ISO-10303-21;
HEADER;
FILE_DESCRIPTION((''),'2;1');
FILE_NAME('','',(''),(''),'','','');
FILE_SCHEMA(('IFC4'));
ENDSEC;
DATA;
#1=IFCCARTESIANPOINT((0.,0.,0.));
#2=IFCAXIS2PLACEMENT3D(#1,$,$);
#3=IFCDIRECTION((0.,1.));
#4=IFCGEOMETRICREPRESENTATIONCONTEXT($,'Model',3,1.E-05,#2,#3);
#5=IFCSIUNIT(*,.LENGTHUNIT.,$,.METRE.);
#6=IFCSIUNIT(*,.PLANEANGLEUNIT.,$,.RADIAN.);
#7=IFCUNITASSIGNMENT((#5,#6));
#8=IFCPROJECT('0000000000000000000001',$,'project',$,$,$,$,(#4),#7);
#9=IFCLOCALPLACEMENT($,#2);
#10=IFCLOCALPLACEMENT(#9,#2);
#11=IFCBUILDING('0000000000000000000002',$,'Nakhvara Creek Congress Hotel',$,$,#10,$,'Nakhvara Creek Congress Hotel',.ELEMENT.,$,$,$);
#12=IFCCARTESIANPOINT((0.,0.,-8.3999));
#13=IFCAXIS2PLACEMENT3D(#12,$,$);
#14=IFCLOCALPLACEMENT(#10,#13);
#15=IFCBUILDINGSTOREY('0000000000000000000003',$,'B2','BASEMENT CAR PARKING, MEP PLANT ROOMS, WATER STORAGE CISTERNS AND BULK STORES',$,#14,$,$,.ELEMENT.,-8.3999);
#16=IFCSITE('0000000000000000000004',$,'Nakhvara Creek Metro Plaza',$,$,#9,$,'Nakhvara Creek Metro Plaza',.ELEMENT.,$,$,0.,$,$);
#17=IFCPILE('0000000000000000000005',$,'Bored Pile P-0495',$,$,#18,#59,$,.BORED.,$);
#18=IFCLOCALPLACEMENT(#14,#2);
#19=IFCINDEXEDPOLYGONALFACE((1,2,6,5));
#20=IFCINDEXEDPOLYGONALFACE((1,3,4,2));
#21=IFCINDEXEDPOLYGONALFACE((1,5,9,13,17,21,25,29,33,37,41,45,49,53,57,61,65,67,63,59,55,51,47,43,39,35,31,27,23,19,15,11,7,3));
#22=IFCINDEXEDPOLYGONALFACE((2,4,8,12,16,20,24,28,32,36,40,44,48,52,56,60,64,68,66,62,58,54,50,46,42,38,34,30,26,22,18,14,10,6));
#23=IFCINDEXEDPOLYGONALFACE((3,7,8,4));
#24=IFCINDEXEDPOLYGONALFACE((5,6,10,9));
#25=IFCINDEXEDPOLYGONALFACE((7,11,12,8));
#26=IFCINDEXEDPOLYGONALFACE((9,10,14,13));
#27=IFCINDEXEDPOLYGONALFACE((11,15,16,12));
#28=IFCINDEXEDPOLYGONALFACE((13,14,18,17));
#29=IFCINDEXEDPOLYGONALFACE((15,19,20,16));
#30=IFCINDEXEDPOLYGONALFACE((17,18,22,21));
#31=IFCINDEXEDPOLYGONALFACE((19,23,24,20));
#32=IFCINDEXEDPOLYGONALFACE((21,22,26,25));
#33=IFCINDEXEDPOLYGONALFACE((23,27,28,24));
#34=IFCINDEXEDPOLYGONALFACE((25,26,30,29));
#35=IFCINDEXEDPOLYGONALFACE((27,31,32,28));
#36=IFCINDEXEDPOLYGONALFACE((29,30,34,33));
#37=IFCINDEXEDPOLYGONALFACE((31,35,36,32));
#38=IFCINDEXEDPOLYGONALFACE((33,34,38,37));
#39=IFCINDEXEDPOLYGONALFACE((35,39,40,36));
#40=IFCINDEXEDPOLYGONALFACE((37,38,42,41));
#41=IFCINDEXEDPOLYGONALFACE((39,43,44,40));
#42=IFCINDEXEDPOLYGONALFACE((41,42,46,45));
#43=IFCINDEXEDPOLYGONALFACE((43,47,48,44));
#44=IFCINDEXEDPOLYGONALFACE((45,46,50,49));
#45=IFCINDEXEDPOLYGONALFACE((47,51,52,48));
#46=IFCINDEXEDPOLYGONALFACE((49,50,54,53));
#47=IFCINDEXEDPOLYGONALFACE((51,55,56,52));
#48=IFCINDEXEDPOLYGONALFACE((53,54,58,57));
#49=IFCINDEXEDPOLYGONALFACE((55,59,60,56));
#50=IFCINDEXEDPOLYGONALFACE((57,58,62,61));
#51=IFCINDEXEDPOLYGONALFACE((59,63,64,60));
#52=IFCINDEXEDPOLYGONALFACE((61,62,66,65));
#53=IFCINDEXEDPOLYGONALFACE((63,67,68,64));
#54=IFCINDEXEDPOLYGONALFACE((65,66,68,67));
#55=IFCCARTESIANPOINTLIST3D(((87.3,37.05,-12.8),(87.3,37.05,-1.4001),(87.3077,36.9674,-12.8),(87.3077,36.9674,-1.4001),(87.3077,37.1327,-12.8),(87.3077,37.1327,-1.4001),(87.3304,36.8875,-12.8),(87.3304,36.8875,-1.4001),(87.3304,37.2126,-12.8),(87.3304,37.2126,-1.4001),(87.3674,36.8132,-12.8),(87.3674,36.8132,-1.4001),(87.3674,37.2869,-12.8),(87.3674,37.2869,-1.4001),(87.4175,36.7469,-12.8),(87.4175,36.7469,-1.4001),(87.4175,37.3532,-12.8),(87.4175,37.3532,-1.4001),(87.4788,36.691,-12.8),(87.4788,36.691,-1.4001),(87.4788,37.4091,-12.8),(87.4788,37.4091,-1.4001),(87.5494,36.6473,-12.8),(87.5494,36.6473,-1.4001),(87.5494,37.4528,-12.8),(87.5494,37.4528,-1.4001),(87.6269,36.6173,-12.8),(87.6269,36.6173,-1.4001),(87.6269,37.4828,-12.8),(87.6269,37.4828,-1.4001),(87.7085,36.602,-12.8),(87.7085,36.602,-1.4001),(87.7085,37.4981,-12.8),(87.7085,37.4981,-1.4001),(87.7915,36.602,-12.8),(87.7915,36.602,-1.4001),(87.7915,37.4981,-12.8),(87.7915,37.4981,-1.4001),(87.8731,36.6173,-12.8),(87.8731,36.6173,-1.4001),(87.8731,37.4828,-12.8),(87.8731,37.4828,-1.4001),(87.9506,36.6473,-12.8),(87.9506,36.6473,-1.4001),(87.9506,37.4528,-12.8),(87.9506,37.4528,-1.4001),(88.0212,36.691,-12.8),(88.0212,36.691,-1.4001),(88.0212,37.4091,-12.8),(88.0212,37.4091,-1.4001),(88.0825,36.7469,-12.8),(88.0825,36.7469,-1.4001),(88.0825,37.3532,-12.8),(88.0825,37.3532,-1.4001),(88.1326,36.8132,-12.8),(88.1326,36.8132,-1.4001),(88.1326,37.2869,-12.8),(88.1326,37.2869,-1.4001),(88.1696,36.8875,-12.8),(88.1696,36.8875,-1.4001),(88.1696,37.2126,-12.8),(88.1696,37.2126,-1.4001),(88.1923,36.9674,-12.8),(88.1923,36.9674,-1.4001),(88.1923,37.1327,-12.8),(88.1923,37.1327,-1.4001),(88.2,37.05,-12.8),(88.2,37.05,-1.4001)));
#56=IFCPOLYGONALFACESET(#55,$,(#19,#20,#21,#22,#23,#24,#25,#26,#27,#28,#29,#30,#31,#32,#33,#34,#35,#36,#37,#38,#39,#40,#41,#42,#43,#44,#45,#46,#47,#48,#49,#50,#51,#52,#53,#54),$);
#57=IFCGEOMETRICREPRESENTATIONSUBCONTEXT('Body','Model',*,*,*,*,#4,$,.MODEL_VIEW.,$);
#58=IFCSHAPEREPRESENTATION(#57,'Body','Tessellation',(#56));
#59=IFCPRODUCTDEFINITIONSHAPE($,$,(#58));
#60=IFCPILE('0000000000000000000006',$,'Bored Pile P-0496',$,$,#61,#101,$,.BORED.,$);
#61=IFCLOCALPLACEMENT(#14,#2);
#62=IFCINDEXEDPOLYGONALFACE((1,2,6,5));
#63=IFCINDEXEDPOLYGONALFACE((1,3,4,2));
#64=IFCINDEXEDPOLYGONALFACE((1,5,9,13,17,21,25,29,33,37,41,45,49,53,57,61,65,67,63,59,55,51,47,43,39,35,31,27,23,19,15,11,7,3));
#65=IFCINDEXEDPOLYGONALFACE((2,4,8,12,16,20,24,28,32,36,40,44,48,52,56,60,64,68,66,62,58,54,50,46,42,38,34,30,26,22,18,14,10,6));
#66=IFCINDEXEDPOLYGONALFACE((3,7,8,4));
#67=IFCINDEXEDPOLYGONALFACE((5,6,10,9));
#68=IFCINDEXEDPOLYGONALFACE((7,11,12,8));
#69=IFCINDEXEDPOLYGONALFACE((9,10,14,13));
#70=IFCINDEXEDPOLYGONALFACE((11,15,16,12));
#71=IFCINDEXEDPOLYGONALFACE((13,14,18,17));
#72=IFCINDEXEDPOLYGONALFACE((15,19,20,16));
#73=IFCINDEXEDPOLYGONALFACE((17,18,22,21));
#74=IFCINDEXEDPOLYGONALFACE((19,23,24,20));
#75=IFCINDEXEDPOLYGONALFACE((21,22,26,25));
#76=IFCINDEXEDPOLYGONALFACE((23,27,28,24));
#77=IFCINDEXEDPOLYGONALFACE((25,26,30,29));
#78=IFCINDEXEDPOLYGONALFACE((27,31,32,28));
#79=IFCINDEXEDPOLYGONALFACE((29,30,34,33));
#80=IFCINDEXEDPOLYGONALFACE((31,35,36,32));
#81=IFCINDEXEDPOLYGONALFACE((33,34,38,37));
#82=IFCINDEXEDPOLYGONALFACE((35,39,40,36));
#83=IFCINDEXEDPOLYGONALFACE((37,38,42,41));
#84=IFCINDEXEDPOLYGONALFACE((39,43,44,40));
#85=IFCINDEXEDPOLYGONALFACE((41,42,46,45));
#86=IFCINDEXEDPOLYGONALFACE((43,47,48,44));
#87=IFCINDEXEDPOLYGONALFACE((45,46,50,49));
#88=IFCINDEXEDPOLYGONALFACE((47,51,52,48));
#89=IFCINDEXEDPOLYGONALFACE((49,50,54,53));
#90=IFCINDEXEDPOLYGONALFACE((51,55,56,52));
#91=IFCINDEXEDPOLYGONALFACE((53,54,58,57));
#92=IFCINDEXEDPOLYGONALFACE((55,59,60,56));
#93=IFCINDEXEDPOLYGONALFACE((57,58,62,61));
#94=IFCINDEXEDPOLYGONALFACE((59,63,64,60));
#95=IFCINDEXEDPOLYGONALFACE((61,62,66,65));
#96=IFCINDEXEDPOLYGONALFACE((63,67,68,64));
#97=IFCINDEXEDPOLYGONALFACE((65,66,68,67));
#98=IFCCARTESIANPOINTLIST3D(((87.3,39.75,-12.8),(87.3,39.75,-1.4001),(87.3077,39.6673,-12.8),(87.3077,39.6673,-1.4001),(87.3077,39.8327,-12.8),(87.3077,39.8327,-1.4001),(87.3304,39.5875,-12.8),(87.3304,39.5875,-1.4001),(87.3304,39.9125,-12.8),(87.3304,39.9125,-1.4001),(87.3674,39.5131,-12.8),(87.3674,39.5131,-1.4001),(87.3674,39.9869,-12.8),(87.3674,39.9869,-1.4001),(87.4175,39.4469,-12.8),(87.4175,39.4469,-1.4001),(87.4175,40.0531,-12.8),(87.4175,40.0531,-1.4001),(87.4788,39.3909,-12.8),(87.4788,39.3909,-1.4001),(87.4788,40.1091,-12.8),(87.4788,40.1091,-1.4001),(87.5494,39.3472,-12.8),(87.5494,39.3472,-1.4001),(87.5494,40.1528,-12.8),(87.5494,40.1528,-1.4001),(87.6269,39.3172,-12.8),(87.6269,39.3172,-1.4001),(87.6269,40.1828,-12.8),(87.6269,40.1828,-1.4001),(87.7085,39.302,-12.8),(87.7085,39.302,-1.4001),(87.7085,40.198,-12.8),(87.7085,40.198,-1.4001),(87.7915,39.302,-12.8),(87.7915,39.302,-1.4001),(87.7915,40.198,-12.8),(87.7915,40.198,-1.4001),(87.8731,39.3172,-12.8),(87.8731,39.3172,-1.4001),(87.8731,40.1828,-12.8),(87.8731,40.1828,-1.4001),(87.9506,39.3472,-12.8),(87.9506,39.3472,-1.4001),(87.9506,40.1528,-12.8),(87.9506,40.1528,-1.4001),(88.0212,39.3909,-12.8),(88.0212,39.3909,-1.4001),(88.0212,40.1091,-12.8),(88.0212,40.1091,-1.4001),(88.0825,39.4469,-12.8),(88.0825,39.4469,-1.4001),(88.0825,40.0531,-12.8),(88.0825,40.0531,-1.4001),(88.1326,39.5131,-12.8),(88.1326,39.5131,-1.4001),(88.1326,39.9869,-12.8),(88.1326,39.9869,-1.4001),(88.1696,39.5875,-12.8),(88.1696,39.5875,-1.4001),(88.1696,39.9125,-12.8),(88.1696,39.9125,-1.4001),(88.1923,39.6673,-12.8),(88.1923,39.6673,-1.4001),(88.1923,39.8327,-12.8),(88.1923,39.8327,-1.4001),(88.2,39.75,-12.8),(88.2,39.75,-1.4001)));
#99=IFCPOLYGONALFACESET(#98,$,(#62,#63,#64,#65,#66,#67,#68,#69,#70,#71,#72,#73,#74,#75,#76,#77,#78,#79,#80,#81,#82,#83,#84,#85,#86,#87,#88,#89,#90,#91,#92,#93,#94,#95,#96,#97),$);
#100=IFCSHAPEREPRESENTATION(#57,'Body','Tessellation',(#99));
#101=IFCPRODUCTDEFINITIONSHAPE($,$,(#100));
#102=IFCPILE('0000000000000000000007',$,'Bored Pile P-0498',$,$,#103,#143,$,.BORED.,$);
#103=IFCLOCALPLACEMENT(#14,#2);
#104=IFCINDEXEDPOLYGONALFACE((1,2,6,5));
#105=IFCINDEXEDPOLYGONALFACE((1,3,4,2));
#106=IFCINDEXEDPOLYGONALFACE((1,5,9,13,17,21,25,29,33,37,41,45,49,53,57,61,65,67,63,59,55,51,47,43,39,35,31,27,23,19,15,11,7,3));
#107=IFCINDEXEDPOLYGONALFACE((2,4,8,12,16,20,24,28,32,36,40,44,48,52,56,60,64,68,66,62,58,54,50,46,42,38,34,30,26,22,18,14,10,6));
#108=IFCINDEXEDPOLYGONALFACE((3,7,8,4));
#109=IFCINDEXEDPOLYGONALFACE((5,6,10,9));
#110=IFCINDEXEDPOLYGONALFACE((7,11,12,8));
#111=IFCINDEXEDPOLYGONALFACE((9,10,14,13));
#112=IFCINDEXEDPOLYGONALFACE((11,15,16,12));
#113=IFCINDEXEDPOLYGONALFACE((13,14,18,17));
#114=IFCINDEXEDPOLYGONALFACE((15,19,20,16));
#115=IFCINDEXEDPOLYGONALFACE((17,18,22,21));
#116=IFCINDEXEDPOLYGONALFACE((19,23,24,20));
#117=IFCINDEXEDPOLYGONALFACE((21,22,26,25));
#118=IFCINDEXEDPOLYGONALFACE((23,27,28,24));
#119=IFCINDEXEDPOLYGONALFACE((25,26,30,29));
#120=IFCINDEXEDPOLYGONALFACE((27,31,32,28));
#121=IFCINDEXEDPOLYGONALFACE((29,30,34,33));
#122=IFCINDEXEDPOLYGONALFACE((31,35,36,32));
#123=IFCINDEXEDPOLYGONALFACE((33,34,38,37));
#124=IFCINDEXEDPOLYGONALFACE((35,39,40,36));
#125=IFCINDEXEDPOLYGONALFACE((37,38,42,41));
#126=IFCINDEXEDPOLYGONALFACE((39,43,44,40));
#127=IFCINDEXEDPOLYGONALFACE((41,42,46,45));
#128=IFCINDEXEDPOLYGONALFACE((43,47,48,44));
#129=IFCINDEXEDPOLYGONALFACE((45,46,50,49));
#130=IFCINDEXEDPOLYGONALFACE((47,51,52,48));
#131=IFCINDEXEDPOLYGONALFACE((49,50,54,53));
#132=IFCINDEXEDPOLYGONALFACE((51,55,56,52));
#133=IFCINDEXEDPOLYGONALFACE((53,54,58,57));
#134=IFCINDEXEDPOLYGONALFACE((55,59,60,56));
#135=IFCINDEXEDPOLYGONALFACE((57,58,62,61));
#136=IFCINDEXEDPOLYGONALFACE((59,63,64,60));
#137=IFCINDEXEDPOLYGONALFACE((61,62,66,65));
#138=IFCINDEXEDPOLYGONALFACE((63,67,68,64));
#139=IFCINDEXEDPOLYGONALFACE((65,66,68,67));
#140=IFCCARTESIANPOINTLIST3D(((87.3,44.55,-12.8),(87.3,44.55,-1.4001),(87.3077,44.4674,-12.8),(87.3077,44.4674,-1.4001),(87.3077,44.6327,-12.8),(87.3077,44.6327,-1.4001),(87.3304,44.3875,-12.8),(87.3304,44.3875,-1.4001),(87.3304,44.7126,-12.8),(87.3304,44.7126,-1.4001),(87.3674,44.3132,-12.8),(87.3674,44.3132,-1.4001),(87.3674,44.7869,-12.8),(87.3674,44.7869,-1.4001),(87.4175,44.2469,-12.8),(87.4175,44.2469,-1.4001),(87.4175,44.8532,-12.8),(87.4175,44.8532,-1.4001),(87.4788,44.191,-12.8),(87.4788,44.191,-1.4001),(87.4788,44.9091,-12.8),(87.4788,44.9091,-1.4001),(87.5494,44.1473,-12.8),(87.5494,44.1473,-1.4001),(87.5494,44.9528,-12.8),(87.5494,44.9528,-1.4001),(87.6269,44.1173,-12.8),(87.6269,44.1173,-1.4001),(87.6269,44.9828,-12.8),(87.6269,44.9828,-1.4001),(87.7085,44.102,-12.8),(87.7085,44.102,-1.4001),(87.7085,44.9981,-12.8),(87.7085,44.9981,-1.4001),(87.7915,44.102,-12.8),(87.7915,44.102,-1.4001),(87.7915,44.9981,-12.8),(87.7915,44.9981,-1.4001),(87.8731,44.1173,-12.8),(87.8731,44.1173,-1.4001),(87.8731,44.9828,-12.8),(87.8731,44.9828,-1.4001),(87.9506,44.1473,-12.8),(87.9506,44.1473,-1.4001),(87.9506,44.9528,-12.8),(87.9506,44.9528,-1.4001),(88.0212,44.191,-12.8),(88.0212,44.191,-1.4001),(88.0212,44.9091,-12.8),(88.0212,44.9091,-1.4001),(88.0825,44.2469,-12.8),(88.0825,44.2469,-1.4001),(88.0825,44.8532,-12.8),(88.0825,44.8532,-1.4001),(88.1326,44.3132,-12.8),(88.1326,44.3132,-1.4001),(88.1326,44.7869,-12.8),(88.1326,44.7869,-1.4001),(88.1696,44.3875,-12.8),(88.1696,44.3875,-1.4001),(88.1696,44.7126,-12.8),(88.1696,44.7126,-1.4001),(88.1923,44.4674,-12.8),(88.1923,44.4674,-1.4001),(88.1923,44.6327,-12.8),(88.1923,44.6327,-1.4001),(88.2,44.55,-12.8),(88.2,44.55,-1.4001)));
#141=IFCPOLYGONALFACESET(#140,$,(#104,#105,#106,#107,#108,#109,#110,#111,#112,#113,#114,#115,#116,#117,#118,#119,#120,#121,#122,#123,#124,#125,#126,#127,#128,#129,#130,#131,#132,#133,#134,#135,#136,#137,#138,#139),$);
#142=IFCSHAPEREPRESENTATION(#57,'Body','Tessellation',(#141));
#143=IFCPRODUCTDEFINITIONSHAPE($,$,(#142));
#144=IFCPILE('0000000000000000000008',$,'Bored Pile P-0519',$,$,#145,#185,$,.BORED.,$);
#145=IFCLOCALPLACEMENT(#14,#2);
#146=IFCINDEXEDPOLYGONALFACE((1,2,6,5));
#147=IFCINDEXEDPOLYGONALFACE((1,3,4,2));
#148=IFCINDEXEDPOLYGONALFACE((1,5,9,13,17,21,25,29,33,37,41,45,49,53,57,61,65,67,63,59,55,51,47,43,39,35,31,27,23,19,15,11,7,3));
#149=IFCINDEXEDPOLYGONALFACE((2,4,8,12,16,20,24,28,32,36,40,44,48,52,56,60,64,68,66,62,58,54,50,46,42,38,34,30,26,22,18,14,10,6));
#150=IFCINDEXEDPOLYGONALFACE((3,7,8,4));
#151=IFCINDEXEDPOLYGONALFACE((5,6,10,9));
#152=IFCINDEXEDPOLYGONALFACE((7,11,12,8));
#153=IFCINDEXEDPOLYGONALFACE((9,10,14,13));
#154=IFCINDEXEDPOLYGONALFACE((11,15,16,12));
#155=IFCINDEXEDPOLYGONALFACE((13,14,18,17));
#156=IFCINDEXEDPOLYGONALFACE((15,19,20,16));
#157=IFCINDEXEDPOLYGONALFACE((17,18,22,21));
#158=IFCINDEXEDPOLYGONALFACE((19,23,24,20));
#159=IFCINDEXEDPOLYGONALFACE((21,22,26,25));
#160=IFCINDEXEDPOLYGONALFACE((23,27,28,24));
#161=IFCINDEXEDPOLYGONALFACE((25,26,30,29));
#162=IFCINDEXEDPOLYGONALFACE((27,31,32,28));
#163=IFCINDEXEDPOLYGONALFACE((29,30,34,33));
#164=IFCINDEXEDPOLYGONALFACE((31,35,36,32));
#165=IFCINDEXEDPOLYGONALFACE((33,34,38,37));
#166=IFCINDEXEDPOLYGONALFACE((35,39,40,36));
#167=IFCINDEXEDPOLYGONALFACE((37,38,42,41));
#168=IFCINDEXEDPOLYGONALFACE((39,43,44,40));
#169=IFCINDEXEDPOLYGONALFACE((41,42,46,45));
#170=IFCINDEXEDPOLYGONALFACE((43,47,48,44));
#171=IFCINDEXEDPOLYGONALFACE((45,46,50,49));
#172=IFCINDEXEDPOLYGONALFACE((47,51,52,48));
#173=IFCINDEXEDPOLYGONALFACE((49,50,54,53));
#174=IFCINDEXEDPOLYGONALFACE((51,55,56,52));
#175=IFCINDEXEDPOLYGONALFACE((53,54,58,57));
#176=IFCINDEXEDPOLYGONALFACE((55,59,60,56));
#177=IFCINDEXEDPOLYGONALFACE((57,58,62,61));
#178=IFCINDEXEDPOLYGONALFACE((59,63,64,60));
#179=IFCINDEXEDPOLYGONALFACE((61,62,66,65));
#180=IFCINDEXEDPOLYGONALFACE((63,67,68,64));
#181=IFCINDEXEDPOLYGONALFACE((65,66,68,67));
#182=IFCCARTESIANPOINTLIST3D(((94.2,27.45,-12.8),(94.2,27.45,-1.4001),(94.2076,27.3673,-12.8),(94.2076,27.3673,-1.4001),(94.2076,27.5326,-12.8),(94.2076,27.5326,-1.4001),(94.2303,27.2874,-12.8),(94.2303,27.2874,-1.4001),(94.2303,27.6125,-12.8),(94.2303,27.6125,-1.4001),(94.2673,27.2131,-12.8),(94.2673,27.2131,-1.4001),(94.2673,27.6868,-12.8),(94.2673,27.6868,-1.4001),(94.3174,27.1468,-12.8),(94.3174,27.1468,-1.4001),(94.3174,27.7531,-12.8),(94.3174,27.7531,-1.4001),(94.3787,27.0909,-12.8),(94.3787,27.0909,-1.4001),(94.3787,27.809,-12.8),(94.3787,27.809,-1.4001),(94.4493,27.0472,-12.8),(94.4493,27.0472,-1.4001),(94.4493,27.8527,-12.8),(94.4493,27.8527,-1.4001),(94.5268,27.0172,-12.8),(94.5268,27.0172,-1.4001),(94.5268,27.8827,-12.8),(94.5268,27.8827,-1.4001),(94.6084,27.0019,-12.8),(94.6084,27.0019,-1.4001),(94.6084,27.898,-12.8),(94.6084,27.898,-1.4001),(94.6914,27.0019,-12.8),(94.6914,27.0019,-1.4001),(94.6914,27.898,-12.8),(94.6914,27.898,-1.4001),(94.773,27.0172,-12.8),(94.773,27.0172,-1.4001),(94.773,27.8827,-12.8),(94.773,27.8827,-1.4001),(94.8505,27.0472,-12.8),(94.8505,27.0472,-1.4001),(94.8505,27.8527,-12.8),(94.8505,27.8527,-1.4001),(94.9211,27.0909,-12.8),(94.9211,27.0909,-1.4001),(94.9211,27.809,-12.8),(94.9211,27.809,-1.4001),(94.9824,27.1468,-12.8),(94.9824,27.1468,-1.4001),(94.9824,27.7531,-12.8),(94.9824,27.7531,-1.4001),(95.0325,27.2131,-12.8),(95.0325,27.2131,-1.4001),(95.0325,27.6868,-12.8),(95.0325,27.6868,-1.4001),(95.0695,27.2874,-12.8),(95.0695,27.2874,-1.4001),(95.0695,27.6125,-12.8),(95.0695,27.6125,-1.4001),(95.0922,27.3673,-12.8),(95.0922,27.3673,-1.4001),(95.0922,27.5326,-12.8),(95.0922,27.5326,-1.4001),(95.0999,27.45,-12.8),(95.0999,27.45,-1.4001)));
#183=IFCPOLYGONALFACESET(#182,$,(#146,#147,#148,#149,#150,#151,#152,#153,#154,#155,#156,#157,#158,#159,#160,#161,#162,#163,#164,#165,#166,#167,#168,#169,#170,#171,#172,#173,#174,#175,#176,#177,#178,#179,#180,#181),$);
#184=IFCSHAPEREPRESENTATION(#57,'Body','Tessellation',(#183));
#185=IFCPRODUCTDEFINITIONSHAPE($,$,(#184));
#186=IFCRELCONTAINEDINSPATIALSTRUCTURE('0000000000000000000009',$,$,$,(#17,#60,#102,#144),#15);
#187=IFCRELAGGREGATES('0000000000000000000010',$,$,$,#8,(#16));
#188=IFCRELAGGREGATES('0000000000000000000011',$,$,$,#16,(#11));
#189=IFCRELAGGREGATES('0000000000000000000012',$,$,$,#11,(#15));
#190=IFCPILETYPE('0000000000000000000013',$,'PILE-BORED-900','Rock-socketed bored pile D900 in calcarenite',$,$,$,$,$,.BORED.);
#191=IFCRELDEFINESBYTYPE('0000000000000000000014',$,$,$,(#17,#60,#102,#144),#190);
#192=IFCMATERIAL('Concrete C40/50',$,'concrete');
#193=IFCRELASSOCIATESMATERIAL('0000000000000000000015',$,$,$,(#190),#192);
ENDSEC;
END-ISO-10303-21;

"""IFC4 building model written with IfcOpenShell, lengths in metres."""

from ifc_helpers import new_model, si_unit, direction, frame, origin, origin_2d, place, context, subcontext, project, spatial, circle, extrude, material, material_profile, profile_set, type_object, element, save


model = new_model("IFC4")

# Units and contexts
model_context = context("Model", 3, precision=1e-05, world=origin(), true_north=direction((0.0, 1.0)))
body_context = subcontext(model_context, "Body", "Model", "MODEL_VIEW")
ifc_project = project(units=[si_unit("LENGTHUNIT", "METRE"), si_unit("PLANEANGLEUNIT", "RADIAN")], contexts=[model_context])

# Site, building, storey
site_placement = place(None, origin())
site = spatial("IfcSite", under=ifc_project, at=site_placement, Name="Nakhvara Creek Metro Plaza", LongName="Nakhvara Creek Metro Plaza", CompositionType="ELEMENT", RefElevation=0.0)
building_placement = place(site_placement, origin())
building = spatial("IfcBuilding", under=site, at=building_placement, Name="Nakhvara Creek Congress Hotel", LongName="Nakhvara Creek Congress Hotel", CompositionType="ELEMENT")
storey_placement = place(building_placement, frame((0.0, 0.0, -8.3999)))
storey = spatial("IfcBuildingStorey", under=building, at=storey_placement, Name="B2", Description="BASEMENT CAR PARKING, MEP PLANT ROOMS, WATER STORAGE CISTERNS AND BULK STORES", CompositionType="ELEMENT", Elevation=-8.3999)

# Shared definitions
ifc_material_1 = material(Name="Concrete C40/50", Category="concrete")

# Piles
ifc_material_profile_1 = material_profile(ifc_material_1, circle(Radius=0.45, at=origin_2d()), Name="BORED PILE D900", Category="LoadBearing")
ifc_profile_set_1 = profile_set([ifc_material_profile_1], Name="Concrete C40/50")
pile_type = type_object("IfcPileType", Name="PILE-BORED-900", Description="Rock-socketed bored pile D900 in calcarenite", PredefinedType="BORED", material=ifc_profile_set_1)
for number, where, z_axis, x_axis, name in (
    (1, (87.75, 37.05, -1.4001), (0.0, 0.0, -1.0), (1.0, 0.0, 0.0), "Bored Pile P-0495"),
    (2, (87.75, 39.75, -1.4001), (0.0, 0.0, -1.0), (1.0, 0.0, 0.0), "Bored Pile P-0496"),
    (3, (87.75, 44.55, -1.4001), (0.0, 0.0, -1.0), (1.0, 0.0, 0.0), "Bored Pile P-0498"),
    (4, (94.6499, 27.45, -1.4001), (0.0, 0.0, -1.0), (1.0, 0.0, 0.0), "Bored Pile P-0519"),
):
    element("IfcPile", number, at=place(storey_placement, frame(where, z_axis=z_axis, x_axis=x_axis)), inside=storey, type_object=pile_type, Name=name, PredefinedType="BORED", context=body_context, shape_type="SweptSolid", body=[
        extrude(circle(Radius=0.45, at=origin_2d()), origin(), (0.0, 0.0, 1.0), 11.3999),
    ])

save(model, "model.ifc")
